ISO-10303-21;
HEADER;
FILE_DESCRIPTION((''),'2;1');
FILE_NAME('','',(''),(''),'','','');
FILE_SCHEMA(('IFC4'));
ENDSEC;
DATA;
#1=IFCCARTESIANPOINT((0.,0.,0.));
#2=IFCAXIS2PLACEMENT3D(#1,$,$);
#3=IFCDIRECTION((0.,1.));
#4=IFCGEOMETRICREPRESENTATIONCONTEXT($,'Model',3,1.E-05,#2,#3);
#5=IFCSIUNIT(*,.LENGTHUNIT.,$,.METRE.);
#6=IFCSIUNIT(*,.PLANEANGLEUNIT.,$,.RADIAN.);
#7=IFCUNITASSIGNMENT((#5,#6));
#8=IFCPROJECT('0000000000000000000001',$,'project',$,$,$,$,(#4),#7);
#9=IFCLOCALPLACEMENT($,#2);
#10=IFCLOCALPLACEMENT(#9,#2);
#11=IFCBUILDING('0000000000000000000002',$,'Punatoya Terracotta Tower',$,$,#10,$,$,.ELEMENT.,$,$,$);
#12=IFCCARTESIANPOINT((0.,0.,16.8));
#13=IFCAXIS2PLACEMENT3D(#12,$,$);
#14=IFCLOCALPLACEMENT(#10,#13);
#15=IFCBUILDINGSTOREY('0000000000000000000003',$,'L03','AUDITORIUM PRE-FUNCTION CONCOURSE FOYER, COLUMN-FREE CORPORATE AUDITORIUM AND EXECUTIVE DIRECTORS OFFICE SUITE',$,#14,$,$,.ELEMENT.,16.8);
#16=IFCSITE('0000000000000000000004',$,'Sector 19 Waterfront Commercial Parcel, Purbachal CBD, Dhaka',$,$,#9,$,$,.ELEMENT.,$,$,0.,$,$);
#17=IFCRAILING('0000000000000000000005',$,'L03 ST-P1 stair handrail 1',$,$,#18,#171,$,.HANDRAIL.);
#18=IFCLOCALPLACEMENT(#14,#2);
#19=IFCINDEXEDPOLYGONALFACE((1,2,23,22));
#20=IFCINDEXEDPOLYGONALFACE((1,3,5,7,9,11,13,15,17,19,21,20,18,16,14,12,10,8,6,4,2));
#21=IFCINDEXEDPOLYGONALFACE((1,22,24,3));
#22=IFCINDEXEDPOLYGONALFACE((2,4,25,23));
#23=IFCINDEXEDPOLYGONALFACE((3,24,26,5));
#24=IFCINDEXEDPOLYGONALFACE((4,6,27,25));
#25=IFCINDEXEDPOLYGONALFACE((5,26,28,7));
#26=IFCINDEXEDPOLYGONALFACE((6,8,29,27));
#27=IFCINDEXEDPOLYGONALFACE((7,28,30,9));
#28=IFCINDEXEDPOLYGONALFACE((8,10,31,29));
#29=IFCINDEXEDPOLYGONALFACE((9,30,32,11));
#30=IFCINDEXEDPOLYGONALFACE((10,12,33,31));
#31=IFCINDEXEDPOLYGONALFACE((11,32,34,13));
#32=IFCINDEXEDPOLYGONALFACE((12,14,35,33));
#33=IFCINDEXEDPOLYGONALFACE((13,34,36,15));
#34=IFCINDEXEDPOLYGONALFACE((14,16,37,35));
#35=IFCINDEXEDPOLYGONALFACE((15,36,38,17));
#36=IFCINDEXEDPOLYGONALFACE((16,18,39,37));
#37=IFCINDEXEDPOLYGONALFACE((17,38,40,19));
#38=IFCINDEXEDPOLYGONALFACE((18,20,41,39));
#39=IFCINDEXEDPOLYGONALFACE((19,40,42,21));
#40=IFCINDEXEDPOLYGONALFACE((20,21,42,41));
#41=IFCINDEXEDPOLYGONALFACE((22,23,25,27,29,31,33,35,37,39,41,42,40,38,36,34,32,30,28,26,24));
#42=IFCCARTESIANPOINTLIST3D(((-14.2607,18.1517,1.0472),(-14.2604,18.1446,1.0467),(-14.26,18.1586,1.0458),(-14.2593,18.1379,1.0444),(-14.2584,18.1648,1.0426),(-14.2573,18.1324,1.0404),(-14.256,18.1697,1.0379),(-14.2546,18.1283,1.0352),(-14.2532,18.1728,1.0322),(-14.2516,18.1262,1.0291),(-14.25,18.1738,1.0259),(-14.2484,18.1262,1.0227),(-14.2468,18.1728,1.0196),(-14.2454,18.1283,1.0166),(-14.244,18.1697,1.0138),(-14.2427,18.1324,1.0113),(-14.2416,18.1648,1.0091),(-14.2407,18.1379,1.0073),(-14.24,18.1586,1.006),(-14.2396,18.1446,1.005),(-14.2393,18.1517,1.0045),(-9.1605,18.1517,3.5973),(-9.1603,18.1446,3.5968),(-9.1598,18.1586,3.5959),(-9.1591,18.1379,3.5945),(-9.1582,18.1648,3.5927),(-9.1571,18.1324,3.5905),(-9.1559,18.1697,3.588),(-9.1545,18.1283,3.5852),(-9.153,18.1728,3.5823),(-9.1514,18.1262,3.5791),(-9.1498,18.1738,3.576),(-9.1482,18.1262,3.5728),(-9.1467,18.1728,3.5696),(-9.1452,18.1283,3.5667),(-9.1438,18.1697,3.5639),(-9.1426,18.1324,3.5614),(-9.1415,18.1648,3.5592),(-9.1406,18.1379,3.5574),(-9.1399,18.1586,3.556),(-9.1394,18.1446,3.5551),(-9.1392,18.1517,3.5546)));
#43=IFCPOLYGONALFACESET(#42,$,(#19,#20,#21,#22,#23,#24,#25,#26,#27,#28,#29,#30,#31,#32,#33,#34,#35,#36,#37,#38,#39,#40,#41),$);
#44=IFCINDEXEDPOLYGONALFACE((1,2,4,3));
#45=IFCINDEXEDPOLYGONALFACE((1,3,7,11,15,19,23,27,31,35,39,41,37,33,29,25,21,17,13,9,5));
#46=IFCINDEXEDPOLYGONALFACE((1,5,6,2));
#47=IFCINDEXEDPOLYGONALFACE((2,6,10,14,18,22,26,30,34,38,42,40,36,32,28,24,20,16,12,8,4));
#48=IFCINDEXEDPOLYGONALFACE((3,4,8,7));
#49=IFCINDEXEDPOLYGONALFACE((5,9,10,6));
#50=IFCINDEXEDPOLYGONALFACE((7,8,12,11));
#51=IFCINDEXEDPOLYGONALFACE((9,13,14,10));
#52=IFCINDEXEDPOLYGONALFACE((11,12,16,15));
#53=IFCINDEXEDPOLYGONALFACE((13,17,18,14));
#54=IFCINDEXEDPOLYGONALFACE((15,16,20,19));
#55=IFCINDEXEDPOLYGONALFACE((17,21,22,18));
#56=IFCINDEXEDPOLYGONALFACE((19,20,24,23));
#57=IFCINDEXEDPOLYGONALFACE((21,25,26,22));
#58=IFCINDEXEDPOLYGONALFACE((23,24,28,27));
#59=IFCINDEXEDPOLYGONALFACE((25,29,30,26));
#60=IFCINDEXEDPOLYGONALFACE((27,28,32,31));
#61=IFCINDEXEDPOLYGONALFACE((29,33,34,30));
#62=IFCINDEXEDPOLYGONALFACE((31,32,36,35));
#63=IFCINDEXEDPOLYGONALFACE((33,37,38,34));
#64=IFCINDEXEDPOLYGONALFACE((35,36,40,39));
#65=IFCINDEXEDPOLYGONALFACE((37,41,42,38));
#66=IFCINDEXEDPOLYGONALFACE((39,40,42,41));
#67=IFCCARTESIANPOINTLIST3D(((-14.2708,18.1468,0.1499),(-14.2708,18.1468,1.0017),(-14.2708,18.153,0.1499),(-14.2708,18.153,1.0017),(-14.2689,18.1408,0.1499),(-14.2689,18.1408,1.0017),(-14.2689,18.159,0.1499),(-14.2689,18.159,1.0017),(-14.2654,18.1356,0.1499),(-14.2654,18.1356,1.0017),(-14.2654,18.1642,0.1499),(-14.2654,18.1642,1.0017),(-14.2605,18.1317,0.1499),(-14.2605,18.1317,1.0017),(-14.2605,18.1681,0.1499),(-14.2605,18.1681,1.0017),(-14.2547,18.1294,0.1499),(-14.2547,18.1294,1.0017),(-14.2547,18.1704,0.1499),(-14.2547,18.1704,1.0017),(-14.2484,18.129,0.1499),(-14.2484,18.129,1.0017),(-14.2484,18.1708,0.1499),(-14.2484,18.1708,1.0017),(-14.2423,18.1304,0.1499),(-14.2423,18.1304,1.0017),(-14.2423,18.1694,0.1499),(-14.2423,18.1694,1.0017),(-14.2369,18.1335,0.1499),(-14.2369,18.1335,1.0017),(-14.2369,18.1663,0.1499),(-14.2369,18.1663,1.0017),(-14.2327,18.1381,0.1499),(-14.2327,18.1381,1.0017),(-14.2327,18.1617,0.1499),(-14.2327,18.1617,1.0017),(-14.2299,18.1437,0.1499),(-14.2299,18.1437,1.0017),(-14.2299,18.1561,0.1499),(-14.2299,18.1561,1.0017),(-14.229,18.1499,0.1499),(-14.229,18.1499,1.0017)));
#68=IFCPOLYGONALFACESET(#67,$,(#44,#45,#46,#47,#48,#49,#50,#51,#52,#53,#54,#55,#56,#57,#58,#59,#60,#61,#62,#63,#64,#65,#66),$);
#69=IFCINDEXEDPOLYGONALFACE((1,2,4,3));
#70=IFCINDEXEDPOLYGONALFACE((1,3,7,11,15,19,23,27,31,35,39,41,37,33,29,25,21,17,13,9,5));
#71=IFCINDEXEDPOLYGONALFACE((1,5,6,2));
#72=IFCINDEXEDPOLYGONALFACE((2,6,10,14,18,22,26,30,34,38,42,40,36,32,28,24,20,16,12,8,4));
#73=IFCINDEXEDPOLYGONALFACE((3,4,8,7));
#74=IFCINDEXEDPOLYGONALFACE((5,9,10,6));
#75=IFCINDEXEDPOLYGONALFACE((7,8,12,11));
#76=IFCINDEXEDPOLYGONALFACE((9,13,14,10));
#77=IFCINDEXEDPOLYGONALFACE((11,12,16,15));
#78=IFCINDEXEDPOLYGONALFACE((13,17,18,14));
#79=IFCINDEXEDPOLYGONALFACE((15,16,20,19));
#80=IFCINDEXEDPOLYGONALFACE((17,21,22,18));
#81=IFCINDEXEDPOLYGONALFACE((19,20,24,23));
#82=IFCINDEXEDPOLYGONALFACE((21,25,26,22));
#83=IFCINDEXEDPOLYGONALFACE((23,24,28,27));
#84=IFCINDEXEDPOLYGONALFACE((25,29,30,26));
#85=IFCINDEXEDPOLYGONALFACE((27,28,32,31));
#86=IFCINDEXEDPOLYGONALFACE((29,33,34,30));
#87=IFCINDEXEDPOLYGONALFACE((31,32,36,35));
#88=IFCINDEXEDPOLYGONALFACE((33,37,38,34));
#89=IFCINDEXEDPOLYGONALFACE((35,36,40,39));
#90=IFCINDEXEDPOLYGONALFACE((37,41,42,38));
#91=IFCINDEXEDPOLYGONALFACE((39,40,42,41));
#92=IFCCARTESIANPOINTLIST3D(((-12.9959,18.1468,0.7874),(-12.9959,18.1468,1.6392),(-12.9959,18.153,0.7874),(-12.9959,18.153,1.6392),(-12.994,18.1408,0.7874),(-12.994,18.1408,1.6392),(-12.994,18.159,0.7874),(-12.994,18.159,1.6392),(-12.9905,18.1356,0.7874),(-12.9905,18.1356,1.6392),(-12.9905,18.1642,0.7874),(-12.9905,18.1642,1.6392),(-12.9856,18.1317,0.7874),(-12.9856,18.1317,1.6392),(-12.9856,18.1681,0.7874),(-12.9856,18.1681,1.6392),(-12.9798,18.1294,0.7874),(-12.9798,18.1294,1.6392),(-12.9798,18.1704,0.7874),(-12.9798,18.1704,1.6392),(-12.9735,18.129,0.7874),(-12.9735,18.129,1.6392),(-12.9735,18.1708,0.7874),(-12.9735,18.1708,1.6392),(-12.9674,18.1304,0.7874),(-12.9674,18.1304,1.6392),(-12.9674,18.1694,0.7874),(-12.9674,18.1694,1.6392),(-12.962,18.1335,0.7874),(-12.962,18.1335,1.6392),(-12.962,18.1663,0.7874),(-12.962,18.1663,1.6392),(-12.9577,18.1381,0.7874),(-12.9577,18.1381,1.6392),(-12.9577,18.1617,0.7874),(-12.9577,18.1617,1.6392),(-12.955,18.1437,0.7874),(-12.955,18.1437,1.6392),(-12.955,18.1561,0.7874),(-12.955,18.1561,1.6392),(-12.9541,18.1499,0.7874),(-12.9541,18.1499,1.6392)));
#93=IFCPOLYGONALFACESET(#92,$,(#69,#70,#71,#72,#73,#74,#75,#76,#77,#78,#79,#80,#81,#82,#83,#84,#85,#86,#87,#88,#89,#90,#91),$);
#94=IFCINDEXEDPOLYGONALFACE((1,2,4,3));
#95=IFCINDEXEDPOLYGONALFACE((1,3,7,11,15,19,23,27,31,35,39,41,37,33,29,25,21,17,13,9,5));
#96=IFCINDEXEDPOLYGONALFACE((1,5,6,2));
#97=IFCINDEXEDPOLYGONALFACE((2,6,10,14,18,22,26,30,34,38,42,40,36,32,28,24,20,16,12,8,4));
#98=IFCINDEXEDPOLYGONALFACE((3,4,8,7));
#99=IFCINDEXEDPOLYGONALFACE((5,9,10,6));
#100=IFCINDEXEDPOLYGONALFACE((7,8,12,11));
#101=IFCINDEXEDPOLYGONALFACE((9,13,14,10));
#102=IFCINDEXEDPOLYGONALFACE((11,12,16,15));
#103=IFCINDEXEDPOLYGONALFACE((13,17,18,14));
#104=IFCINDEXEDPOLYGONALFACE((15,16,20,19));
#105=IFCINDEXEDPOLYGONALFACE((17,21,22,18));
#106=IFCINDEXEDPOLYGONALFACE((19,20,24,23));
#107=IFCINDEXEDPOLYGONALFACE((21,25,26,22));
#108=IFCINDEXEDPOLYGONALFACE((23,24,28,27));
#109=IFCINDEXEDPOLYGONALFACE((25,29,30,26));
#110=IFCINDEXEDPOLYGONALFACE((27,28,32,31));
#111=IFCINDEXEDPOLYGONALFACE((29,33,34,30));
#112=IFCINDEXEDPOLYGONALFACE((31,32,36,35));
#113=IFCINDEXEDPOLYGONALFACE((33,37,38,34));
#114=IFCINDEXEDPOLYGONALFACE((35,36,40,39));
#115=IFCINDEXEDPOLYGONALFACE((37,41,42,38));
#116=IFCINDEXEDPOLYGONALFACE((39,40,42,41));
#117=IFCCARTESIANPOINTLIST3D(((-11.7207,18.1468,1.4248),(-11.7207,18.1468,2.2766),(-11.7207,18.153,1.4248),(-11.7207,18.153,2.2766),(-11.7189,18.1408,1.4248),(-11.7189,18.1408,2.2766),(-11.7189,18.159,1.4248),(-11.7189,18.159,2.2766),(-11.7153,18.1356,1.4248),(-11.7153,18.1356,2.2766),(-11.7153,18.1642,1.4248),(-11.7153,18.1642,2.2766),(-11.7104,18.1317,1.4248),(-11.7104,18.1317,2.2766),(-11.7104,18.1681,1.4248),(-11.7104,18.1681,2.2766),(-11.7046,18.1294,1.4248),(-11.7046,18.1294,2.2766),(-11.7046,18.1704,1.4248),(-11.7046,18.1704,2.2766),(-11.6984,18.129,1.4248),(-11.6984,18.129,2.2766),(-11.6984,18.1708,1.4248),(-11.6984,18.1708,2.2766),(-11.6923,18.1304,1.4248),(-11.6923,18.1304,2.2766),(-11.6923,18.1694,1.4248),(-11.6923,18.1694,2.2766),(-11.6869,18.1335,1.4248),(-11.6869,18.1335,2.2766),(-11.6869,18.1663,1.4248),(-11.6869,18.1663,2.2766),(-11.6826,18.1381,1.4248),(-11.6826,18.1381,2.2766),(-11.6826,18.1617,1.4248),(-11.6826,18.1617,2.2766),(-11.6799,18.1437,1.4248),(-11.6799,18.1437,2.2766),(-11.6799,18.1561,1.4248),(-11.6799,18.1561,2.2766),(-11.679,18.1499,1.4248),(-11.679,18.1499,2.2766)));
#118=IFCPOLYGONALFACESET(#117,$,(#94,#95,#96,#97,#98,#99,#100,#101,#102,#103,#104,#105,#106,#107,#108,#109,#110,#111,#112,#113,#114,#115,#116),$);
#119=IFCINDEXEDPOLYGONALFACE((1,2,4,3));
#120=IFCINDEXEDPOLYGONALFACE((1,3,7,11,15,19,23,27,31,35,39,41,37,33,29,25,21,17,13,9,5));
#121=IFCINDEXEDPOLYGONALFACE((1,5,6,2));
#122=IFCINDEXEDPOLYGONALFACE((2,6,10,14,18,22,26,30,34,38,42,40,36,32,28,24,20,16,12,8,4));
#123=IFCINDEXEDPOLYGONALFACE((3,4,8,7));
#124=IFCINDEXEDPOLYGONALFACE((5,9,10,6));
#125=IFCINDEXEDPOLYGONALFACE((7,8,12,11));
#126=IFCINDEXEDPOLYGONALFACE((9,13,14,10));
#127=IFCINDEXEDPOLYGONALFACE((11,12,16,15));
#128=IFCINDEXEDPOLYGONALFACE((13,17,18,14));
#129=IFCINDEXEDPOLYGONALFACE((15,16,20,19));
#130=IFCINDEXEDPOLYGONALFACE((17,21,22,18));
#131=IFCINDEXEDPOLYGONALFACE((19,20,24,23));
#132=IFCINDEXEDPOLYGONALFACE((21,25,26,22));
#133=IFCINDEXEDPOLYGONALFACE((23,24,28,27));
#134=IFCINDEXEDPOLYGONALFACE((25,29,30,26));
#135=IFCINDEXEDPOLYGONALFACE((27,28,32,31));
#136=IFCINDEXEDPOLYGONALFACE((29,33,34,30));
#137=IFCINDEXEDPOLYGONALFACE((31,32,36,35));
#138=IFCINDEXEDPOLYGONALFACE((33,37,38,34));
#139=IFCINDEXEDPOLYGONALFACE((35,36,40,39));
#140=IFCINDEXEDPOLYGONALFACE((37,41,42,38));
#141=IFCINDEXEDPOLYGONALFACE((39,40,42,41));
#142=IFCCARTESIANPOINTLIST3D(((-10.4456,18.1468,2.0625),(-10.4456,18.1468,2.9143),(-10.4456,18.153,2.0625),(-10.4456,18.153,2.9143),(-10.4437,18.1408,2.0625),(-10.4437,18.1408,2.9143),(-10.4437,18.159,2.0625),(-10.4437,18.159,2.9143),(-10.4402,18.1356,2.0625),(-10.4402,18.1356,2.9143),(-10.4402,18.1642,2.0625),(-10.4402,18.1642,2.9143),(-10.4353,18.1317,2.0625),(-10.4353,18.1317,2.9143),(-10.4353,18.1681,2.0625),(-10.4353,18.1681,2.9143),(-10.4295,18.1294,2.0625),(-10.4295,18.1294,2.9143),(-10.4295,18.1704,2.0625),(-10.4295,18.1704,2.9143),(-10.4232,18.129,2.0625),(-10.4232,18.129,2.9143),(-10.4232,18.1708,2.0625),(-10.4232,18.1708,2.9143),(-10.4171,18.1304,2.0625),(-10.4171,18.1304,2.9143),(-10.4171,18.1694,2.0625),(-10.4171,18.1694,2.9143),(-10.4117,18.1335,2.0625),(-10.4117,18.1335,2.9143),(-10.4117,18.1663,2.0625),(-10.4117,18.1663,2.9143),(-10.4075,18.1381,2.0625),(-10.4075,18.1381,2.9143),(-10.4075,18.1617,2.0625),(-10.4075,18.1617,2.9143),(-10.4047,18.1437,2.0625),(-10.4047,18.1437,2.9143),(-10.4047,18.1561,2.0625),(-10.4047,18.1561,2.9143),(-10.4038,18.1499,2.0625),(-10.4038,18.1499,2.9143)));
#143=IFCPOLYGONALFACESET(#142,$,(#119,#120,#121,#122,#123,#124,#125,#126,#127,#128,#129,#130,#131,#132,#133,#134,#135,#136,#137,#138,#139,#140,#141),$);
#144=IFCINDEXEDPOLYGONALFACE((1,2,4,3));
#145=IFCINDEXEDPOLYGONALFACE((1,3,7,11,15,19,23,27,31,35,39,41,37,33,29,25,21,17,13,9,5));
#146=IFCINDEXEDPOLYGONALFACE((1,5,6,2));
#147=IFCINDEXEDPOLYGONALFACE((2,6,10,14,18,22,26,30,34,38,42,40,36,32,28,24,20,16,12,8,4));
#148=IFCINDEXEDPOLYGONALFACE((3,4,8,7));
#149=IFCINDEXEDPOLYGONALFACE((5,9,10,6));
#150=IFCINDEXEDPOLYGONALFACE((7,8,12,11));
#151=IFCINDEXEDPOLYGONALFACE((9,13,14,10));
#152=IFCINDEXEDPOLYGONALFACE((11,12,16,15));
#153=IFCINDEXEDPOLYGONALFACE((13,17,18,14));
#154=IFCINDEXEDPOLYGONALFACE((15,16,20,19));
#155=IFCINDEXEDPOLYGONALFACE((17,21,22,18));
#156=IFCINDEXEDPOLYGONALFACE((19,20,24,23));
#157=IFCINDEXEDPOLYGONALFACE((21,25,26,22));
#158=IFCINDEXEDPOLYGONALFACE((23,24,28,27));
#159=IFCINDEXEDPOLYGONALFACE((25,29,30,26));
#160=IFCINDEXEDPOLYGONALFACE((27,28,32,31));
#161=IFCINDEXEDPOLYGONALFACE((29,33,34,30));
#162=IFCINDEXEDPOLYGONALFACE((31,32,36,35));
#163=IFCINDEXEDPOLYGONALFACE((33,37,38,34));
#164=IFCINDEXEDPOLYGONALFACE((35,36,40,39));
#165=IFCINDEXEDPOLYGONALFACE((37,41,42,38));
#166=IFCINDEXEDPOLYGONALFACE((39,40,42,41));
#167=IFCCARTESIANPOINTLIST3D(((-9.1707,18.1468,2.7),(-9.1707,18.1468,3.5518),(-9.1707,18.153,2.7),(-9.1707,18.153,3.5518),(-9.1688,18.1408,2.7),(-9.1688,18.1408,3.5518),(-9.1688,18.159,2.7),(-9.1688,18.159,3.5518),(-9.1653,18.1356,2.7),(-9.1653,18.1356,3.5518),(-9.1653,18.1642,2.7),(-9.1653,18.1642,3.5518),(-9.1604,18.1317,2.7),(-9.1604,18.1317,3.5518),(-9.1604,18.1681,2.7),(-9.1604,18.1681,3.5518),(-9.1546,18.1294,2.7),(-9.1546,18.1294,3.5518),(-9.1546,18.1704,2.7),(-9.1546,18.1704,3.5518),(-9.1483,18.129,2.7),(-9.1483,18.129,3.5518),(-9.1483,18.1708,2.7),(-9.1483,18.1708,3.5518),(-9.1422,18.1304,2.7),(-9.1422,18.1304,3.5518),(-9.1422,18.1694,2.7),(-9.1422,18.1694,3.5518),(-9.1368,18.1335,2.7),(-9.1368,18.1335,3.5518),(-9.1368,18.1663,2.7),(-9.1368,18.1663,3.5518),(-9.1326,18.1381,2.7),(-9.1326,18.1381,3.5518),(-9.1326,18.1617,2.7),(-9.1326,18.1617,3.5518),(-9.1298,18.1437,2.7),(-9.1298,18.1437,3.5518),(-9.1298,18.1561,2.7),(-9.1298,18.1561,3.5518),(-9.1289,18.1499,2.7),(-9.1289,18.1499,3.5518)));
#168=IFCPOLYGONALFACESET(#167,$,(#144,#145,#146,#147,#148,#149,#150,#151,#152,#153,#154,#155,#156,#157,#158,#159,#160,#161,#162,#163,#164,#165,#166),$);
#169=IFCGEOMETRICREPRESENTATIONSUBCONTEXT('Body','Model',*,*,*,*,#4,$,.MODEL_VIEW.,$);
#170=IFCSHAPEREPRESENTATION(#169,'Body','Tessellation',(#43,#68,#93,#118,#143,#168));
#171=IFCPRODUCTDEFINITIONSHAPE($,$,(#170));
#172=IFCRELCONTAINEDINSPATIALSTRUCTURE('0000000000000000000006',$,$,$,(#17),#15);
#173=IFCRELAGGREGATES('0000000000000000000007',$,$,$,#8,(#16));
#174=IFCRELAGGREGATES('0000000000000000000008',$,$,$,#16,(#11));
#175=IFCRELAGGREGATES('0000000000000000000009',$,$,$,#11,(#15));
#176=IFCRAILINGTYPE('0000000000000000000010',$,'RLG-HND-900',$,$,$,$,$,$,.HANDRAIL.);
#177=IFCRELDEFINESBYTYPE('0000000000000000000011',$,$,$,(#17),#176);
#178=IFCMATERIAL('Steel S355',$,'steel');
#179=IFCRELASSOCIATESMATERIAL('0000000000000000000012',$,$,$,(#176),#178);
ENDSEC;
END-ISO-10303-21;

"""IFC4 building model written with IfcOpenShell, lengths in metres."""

from ifc_helpers import new_model, si_unit, direction, frame, origin, origin_2d, place, context, subcontext, project, spatial, circle, extrude, material, type_object, element, save


model = new_model("IFC4")

# Units and contexts
model_context = context("Model", 3, precision=1e-05, world=origin(), true_north=direction((0.0, 1.0)))
body_context = subcontext(model_context, "Body", "Model", "MODEL_VIEW")
ifc_project = project(units=[si_unit("LENGTHUNIT", "METRE"), si_unit("PLANEANGLEUNIT", "RADIAN")], contexts=[model_context])

# Site, building, storey
site_placement = place(None, origin())
site = spatial("IfcSite", under=ifc_project, at=site_placement, Name="Sector 19 Waterfront Commercial Parcel, Purbachal CBD, Dhaka", CompositionType="ELEMENT", RefElevation=0.0)
building_placement = place(site_placement, origin())
building = spatial("IfcBuilding", under=site, at=building_placement, Name="Punatoya Terracotta Tower", CompositionType="ELEMENT")
storey_placement = place(building_placement, frame((0.0, 0.0, 16.8)))
storey = spatial("IfcBuildingStorey", under=building, at=storey_placement, Name="L03", Description="AUDITORIUM PRE-FUNCTION CONCOURSE FOYER, COLUMN-FREE CORPORATE AUDITORIUM AND EXECUTIVE DIRECTORS OFFICE SUITE", CompositionType="ELEMENT", Elevation=16.8)

# Shared definitions
ifc_material_1 = material(Name="Steel S355", Category="steel")

# Railing
railing_type_1 = type_object("IfcRailingType", Name="RLG-HND-900", PredefinedType="HANDRAIL", material=ifc_material_1)
railing_1_placement = place(storey_placement, frame((-14.25, 18.1499, 0.1499)))
element("IfcRailing", 1, at=railing_1_placement, inside=storey, type_object=railing_type_1, Name="L03 ST-P1 stair handrail 1", PredefinedType="HANDRAIL", context=body_context, shape_type="SweptSolid", body=[
    extrude(circle(Radius=0.0239, at=origin_2d()), frame((0.0, 0.0, 0.876), z_axis=(0.894427, 0.0, 0.447214), x_axis=(0.0, 1.0, 0.0)), (0.0, 0.0, 1.0), 5.7021),
    extrude(circle(Radius=0.021, at=origin_2d()), origin(), (0.0, 0.0, 1.0), 0.8518),
    extrude(circle(Radius=0.021, at=origin_2d()), frame((1.2749, 0.0, 0.6375)), (0.0, 0.0, 1.0), 0.8518),
    extrude(circle(Radius=0.021, at=origin_2d()), frame((2.55, 0.0, 1.2749)), (0.0, 0.0, 1.0), 0.8518),
    extrude(circle(Radius=0.021, at=origin_2d()), frame((3.8252, 0.0, 1.9126)), (0.0, 0.0, 1.0), 0.8518),
    extrude(circle(Radius=0.021, at=origin_2d()), frame((5.1001, 0.0, 2.55)), (0.0, 0.0, 1.0), 0.8518),
])

save(model, "model.ifc")
